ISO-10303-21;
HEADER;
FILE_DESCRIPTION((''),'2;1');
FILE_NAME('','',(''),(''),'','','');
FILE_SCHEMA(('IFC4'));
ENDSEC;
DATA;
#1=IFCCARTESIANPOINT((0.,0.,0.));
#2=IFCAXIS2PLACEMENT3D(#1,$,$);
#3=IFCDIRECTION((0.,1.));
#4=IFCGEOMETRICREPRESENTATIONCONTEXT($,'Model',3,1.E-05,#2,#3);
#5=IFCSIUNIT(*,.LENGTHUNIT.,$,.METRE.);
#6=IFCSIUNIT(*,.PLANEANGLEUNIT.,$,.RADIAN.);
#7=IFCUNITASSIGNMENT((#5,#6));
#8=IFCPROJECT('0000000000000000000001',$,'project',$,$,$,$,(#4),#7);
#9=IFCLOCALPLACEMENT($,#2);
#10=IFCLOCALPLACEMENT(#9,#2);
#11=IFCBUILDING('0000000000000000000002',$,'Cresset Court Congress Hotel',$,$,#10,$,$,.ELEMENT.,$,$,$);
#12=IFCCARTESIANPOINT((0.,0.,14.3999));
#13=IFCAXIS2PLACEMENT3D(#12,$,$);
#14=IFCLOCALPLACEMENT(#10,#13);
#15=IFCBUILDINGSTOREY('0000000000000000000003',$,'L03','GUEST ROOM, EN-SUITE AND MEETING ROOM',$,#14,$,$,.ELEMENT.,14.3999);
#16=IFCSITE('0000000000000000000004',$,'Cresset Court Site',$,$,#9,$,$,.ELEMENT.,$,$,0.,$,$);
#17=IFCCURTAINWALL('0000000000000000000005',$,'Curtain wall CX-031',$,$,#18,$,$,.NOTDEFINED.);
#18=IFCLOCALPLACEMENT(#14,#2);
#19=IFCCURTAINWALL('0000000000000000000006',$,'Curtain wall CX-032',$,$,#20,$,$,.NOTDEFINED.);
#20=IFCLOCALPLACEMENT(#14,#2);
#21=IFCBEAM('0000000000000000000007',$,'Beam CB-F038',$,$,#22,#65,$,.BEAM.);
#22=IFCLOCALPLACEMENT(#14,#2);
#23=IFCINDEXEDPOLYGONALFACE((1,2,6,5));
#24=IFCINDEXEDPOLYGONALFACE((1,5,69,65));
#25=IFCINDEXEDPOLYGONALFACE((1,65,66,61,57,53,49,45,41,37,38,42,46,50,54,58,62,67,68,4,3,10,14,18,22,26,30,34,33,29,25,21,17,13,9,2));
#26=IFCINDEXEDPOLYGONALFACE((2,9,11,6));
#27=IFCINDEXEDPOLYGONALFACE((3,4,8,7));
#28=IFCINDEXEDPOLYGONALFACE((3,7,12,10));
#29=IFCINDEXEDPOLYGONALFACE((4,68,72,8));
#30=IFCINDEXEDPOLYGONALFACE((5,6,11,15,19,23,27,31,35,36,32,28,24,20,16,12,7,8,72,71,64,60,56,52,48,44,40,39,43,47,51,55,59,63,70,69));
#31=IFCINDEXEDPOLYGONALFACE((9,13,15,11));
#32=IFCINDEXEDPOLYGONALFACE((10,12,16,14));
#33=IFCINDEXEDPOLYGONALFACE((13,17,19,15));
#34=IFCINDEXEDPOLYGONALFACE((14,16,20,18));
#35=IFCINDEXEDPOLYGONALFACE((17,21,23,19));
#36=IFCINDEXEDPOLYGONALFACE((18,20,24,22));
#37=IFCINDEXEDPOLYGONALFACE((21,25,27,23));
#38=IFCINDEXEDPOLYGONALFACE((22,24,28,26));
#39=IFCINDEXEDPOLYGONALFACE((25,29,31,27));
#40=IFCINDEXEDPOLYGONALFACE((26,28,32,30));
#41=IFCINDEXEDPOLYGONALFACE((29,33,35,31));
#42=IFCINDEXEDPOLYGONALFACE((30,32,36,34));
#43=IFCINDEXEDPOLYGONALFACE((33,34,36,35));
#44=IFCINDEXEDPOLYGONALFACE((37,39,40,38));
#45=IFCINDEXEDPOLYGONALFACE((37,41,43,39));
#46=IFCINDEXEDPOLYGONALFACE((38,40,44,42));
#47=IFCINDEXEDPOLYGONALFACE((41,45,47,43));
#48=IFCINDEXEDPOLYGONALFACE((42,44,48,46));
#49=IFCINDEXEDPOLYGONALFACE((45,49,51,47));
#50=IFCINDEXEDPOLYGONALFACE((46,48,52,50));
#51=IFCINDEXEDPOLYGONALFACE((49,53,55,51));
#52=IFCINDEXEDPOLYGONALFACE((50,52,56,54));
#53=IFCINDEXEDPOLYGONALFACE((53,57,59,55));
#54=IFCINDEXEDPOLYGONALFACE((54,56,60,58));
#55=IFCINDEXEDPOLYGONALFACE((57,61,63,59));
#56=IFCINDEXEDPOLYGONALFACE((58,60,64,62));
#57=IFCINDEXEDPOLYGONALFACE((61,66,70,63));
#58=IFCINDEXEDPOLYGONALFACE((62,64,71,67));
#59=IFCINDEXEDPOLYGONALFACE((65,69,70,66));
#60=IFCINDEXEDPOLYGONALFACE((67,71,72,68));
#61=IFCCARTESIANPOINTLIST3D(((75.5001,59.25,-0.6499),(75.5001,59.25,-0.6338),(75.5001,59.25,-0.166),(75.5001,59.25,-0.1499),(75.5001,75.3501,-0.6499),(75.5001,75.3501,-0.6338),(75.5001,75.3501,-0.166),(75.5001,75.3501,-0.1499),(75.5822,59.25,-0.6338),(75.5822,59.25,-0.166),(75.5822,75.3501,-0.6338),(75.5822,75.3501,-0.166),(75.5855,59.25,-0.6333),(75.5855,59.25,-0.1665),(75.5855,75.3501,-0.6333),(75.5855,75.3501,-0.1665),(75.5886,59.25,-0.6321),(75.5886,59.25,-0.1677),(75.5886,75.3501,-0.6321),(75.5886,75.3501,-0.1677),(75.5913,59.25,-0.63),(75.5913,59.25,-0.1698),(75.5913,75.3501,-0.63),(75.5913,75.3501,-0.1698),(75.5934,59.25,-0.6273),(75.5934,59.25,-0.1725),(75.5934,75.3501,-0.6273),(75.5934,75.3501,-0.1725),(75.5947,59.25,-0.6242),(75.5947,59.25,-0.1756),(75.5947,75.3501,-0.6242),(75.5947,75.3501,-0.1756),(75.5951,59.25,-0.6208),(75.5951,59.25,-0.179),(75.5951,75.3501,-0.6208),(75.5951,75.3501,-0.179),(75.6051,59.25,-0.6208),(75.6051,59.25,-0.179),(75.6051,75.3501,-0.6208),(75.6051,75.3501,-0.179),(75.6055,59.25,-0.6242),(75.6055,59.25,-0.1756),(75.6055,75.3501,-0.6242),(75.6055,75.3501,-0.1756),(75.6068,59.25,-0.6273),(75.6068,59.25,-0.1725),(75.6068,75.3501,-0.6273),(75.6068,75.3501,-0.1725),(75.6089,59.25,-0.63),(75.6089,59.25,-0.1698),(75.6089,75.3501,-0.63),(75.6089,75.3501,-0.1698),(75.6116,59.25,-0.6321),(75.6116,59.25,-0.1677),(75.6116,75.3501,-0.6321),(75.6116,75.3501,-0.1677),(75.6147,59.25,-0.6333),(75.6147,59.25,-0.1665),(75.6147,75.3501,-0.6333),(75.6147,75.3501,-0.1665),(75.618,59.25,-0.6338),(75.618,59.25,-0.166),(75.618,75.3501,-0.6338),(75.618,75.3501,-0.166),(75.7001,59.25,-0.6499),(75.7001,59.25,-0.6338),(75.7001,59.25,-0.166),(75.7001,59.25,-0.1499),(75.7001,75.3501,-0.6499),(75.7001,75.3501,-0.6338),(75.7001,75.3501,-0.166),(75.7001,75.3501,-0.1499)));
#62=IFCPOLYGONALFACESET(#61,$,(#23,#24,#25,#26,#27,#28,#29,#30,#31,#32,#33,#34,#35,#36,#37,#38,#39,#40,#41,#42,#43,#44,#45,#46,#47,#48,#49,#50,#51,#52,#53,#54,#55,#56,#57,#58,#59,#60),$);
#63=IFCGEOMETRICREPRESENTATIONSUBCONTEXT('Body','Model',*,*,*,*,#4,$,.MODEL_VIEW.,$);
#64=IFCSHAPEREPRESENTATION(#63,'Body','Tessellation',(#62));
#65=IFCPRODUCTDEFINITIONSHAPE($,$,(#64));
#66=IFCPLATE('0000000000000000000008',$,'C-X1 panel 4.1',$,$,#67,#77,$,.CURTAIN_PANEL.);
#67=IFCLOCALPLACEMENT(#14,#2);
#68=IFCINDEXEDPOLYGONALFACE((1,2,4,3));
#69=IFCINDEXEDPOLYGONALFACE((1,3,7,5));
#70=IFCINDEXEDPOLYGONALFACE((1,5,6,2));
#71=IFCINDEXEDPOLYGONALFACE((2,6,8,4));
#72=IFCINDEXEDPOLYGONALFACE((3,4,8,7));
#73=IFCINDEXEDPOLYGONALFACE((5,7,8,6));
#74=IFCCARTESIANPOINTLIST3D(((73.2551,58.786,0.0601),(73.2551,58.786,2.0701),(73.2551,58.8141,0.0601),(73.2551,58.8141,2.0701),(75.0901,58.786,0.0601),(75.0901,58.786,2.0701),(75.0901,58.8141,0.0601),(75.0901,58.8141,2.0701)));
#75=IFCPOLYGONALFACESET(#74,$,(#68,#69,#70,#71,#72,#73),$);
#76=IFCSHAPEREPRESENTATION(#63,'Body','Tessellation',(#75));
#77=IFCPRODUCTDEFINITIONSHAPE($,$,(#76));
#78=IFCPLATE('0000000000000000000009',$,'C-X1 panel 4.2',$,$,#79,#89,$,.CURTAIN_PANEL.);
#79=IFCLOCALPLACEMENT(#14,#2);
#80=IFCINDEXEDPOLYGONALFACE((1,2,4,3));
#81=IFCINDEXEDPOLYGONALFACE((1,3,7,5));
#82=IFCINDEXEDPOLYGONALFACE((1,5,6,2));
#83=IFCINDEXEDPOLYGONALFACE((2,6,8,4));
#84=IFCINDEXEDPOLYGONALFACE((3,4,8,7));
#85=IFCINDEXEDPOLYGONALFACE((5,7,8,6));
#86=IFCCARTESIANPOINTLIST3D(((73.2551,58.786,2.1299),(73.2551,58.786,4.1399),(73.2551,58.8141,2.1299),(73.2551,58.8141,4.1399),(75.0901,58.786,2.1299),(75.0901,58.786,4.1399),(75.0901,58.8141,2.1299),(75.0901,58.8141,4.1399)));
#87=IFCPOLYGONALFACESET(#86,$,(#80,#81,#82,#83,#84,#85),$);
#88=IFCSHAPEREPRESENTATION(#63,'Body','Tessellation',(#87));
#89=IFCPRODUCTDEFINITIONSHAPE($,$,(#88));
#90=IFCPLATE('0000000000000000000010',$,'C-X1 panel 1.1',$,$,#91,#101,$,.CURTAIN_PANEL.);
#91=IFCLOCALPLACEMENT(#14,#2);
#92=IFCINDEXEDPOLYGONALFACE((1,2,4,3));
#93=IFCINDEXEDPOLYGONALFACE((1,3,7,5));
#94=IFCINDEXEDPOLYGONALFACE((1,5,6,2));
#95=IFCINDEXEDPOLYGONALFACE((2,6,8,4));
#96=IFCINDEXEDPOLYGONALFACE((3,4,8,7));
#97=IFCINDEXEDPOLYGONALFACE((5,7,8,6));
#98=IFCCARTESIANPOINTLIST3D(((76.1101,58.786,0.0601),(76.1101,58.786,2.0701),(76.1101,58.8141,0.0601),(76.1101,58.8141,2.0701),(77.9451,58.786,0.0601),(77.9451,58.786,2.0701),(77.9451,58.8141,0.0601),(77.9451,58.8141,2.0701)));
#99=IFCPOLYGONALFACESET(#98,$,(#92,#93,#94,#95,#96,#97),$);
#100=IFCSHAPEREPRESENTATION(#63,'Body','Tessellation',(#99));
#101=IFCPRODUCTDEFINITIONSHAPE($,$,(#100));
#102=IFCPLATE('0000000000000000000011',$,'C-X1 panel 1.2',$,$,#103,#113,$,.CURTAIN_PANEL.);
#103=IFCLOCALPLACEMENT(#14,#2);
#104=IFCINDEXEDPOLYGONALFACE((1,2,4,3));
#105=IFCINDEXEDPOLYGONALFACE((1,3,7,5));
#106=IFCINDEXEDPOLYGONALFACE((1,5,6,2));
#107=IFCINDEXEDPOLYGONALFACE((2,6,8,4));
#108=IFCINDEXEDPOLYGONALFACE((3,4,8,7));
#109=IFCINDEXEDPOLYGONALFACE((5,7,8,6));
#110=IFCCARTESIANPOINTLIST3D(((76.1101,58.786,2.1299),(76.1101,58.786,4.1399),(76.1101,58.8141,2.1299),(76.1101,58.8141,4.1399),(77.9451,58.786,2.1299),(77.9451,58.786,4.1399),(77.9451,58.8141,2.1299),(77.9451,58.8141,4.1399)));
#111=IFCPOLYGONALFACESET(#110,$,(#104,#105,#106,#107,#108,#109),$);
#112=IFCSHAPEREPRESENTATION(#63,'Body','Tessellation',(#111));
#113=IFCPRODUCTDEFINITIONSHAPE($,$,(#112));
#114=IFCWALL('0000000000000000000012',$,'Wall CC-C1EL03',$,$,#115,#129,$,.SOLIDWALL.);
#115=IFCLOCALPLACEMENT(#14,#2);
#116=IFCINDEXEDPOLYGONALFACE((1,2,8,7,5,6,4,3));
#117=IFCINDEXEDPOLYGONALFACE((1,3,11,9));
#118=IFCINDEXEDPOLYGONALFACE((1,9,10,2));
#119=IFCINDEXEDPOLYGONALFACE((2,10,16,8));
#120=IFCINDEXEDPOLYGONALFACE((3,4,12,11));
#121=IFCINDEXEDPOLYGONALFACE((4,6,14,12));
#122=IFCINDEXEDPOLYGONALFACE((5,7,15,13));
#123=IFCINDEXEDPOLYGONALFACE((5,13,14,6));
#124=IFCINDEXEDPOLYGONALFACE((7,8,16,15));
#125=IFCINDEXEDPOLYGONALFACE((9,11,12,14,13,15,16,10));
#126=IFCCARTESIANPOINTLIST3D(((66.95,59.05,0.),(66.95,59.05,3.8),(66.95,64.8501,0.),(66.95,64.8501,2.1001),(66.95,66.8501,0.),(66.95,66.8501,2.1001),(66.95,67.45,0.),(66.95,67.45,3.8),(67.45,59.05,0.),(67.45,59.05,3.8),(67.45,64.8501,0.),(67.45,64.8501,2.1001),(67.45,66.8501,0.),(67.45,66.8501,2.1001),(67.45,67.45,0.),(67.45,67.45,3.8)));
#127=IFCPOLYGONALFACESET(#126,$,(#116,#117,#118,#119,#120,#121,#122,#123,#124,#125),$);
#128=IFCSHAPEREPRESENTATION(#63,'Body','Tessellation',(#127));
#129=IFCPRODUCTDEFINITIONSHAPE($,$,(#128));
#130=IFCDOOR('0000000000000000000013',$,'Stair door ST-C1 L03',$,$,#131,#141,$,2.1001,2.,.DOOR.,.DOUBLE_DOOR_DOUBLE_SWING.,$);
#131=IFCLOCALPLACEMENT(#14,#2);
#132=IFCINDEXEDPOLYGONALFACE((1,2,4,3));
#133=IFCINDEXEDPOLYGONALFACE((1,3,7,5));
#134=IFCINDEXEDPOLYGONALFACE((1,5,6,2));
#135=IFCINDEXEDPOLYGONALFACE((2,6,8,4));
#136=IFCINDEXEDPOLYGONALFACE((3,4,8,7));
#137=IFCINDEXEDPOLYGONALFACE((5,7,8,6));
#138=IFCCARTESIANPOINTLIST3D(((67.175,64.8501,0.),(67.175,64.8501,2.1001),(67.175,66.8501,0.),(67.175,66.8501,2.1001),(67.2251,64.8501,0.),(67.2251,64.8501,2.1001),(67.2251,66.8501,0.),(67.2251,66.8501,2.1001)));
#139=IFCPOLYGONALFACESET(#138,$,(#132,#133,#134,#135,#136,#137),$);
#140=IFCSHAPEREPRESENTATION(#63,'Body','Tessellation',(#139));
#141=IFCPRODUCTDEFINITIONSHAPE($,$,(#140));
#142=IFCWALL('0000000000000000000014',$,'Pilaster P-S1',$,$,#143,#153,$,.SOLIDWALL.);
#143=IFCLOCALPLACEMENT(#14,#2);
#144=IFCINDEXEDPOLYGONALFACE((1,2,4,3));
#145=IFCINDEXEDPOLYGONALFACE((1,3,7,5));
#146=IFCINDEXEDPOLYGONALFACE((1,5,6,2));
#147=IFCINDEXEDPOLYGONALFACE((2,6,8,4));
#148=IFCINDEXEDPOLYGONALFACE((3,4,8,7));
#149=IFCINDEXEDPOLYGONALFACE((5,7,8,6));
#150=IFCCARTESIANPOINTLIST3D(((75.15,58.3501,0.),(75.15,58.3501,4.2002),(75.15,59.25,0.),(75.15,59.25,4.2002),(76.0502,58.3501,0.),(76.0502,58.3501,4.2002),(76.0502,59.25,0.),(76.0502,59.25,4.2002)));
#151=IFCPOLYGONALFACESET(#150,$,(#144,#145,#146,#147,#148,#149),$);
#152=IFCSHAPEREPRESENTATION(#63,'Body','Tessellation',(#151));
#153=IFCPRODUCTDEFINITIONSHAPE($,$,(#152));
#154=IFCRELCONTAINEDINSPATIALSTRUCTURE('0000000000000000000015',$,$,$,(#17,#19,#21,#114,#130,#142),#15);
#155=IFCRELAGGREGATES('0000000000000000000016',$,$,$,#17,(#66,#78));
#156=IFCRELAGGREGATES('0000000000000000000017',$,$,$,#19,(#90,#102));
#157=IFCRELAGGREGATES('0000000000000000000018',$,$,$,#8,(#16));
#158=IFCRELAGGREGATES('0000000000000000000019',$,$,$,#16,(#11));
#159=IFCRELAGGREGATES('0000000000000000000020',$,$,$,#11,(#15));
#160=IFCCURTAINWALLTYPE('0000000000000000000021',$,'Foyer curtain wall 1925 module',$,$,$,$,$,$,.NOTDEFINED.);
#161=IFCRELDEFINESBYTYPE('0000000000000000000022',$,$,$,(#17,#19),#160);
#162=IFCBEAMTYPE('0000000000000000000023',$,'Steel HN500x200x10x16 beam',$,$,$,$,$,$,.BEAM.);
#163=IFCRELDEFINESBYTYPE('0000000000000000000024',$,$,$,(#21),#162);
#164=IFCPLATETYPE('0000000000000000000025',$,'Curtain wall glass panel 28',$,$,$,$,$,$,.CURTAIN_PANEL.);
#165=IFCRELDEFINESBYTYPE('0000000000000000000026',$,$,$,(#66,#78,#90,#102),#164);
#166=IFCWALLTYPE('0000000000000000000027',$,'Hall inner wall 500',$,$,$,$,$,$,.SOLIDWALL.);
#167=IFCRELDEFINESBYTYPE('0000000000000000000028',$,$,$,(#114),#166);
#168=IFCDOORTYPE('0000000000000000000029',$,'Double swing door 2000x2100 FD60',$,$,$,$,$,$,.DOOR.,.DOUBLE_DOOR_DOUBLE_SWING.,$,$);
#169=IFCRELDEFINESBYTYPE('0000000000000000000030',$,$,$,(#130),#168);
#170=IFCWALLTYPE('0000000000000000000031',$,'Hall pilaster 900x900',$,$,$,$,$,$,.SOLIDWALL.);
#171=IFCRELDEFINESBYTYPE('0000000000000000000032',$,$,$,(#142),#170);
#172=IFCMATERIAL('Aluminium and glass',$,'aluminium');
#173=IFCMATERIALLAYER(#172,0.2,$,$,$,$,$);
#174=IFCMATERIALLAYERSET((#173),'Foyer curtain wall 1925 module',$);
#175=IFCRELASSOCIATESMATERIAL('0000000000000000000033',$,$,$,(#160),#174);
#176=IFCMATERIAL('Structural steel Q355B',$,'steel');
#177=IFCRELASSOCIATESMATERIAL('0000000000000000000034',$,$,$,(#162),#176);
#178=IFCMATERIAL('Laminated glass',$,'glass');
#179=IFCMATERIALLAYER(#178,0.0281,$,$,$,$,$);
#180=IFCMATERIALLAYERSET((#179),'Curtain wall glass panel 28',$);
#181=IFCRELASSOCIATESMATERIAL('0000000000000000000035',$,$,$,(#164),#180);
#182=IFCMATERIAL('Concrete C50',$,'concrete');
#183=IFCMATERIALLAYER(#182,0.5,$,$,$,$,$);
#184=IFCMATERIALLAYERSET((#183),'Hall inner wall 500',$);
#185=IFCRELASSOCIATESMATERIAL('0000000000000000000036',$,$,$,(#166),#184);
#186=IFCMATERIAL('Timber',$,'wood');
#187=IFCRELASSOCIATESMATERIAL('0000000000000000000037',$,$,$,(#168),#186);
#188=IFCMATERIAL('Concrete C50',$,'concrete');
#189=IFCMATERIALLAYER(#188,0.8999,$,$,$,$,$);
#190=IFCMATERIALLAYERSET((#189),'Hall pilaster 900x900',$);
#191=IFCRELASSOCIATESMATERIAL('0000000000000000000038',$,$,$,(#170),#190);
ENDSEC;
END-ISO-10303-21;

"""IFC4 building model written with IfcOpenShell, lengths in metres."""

from ifc_helpers import new_model, si_unit, direction, frame, frame_2d, origin, origin_2d, place, context, subcontext, project, spatial, rectangle, i_section, extrude, material, layer, layer_set, material_profile, profile_set, type_object, element, fill, aggregate, save


model = new_model("IFC4")

# Units and contexts
model_context = context("Model", 3, precision=1e-05, world=origin(), true_north=direction((0.0, 1.0)))
body_context = subcontext(model_context, "Body", "Model", "MODEL_VIEW")
ifc_project = project(units=[si_unit("LENGTHUNIT", "METRE"), si_unit("PLANEANGLEUNIT", "RADIAN")], contexts=[model_context])

# Site, building, storey
site_placement = place(None, origin())
site = spatial("IfcSite", under=ifc_project, at=site_placement, Name="Cresset Court Site", CompositionType="ELEMENT", RefElevation=0.0)
building_placement = place(site_placement, origin())
building = spatial("IfcBuilding", under=site, at=building_placement, Name="Cresset Court Congress Hotel", CompositionType="ELEMENT")
storey_placement = place(building_placement, frame((0.0, 0.0, 14.3999)))
storey = spatial("IfcBuildingStorey", under=building, at=storey_placement, Name="L03", Description="GUEST ROOM, EN-SUITE AND MEETING ROOM", CompositionType="ELEMENT", Elevation=14.3999)

# Curtain wall
ifc_material_1 = material(Name="Aluminium and glass", Category="aluminium")
ifc_layer_1 = layer(ifc_material_1, 0.2)
ifc_layer_set_1 = layer_set([ifc_layer_1], Name="Foyer curtain wall 1925 module")
curtain_wall_type = type_object("IfcCurtainWallType", Name="Foyer curtain wall 1925 module", PredefinedType="NOTDEFINED", material=ifc_layer_set_1)
curtain_wall_1_placement = place(storey_placement, origin())
curtain_wall_1 = element("IfcCurtainWall", 1, at=curtain_wall_1_placement, inside=storey, type_object=curtain_wall_type, Name="Curtain wall CX-031", PredefinedType="NOTDEFINED")

# Curtain wall
curtain_wall_2_placement = place(storey_placement, origin())
curtain_wall_2 = element("IfcCurtainWall", 2, at=curtain_wall_2_placement, inside=storey, type_object=curtain_wall_type, Name="Curtain wall CX-032", PredefinedType="NOTDEFINED")

# Beam
ifc_material_2 = material(Name="Structural steel Q355B", Category="steel")
ifc_material_profile_1 = material_profile(ifc_material_2, i_section(OverallWidth=0.2, OverallDepth=0.5, WebThickness=0.01, FlangeThickness=0.0161, FilletRadius=0.0129, at=origin_2d()), Name="HN500x200x10x16")
ifc_profile_set_1 = profile_set([ifc_material_profile_1], Name="Structural steel Q355B")
beam_type_1 = type_object("IfcBeamType", Name="Steel HN500x200x10x16 beam", PredefinedType="BEAM", material=ifc_profile_set_1)
beam_1_placement = place(storey_placement, frame((75.6001, 59.25, -0.3999), z_axis=(0.0, 1.0, 0.0), x_axis=(-1.0, 0.0, 0.0)))
element("IfcBeam", 3, at=beam_1_placement, inside=storey, type_object=beam_type_1, Name="Beam CB-F038", PredefinedType="BEAM", context=body_context, shape_type="SweptSolid", body=[
    extrude(i_section(OverallWidth=0.2, OverallDepth=0.5, WebThickness=0.01, FlangeThickness=0.0161, FilletRadius=0.0129, at=origin_2d()), origin(), (0.0, 0.0, 1.0), 16.1001),
])

# Plates
ifc_material_3 = material(Name="Laminated glass", Category="glass")
ifc_layer_2 = layer(ifc_material_3, 0.0281)
ifc_layer_set_2 = layer_set([ifc_layer_2], Name="Curtain wall glass panel 28")
plate_type = type_object("IfcPlateType", Name="Curtain wall glass panel 28", PredefinedType="CURTAIN_PANEL", material=ifc_layer_set_2)
plate_1_placement = place(storey_placement, frame((74.1726, 58.8, 0.0601), z_axis=(0.0, 0.0, 1.0), x_axis=(1.0, 0.0, 0.0)))
plate_1 = element("IfcPlate", 4, at=plate_1_placement, type_object=plate_type, Name="C-X1 panel 4.1", PredefinedType="CURTAIN_PANEL", context=body_context, shape_type="SweptSolid", body=[
    extrude(rectangle(XDim=1.835, YDim=0.0281, at=origin_2d()), origin(), (0.0, 0.0, 1.0), 2.01),
])
plate_2_placement = place(storey_placement, frame((74.1726, 58.8, 2.1299), z_axis=(0.0, 0.0, 1.0), x_axis=(1.0, 0.0, 0.0)))
plate_2 = element("IfcPlate", 5, at=plate_2_placement, type_object=plate_type, Name="C-X1 panel 4.2", PredefinedType="CURTAIN_PANEL", context=body_context, shape_type="SweptSolid", body=[
    extrude(rectangle(XDim=1.835, YDim=0.0281, at=origin_2d()), origin(), (0.0, 0.0, 1.0), 2.01),
])
aggregate(curtain_wall_1, [plate_1, plate_2])
plate_3_placement = place(storey_placement, frame((77.0276, 58.8, 0.0601), z_axis=(0.0, 0.0, 1.0), x_axis=(1.0, 0.0, 0.0)))
plate_3 = element("IfcPlate", 6, at=plate_3_placement, type_object=plate_type, Name="C-X1 panel 1.1", PredefinedType="CURTAIN_PANEL", context=body_context, shape_type="SweptSolid", body=[
    extrude(rectangle(XDim=1.835, YDim=0.0281, at=origin_2d()), origin(), (0.0, 0.0, 1.0), 2.01),
])
plate_4_placement = place(storey_placement, frame((77.0276, 58.8, 2.1299), z_axis=(0.0, 0.0, 1.0), x_axis=(1.0, 0.0, 0.0)))
plate_4 = element("IfcPlate", 7, at=plate_4_placement, type_object=plate_type, Name="C-X1 panel 1.2", PredefinedType="CURTAIN_PANEL", context=body_context, shape_type="SweptSolid", body=[
    extrude(rectangle(XDim=1.835, YDim=0.0281, at=origin_2d()), origin(), (0.0, 0.0, 1.0), 2.01),
])
aggregate(curtain_wall_2, [plate_3, plate_4])

# Wall, opening, door
ifc_material_4 = material(Name="Concrete C50", Category="concrete")
ifc_layer_3 = layer(ifc_material_4, 0.5)
ifc_layer_set_3 = layer_set([ifc_layer_3], Name="Hall inner wall 500")
wall_type_1 = type_object("IfcWallType", Name="Hall inner wall 500", PredefinedType="SOLIDWALL", material=ifc_layer_set_3)
wall_1_placement = place(storey_placement, frame((67.2, 59.05, 0.0), z_axis=(0.0, 0.0, 1.0), x_axis=(0.0, 1.0, 0.0)))
wall_1 = element("IfcWall", 8, at=wall_1_placement, inside=storey, type_object=wall_type_1, Name="Wall CC-C1EL03", PredefinedType="SOLIDWALL", context=body_context, shape_type="SweptSolid", body=[
    extrude(rectangle(XDim=8.3999, YDim=0.5, at=frame_2d((4.2, 0.0))), origin(), (0.0, 0.0, 1.0), 3.8),
])
opening_placement = place(wall_1_placement, frame((5.8, 0.0, 0.0)))
opening = element("IfcOpeningElement", 9, at=opening_placement, cuts=wall_1, PredefinedType="OPENING", context=body_context, shape_type="SweptSolid", body=[
    extrude(rectangle(XDim=2.0, YDim=2.1001, at=frame_2d((1.0, 1.05))), frame((0.0, 0.26, 0.0), z_axis=(0.0, -1.0, 0.0), x_axis=(1.0, 0.0, 0.0)), (0.0, 0.0, 1.0), 0.52),
])
ifc_material_5 = material(Name="Timber", Category="wood")
door_type = type_object("IfcDoorType", Name="Double swing door 2000x2100 FD60", OperationType="DOUBLE_DOOR_DOUBLE_SWING", PredefinedType="DOOR", material=ifc_material_5)
door_placement = place(opening_placement, origin())
door = element("IfcDoor", 10, at=door_placement, inside=storey, type_object=door_type, Name="Stair door ST-C1 L03", OperationType="DOUBLE_DOOR_DOUBLE_SWING", OverallHeight=2.1001, OverallWidth=2.0, PredefinedType="DOOR", context=body_context, shape_type="SweptSolid", body=[
    extrude(rectangle(XDim=2.0, YDim=2.1001, at=frame_2d((1.0, 1.05))), frame((0.0, 0.0249, 0.0), z_axis=(0.0, -1.0, 0.0), x_axis=(1.0, 0.0, 0.0)), (0.0, 0.0, 1.0), 0.05),
])
fill(opening, door)

# Wall
ifc_material_6 = material(Name="Concrete C50", Category="concrete")
ifc_layer_4 = layer(ifc_material_6, 0.8999)
ifc_layer_set_4 = layer_set([ifc_layer_4], Name="Hall pilaster 900x900")
wall_type_2 = type_object("IfcWallType", Name="Hall pilaster 900x900", PredefinedType="SOLIDWALL", material=ifc_layer_set_4)
wall_2_placement = place(storey_placement, frame((75.1499, 58.8, 0.0), z_axis=(0.0, 0.0, 1.0), x_axis=(1.0, 0.0, 0.0)))
element("IfcWall", 11, at=wall_2_placement, inside=storey, type_object=wall_type_2, Name="Pilaster P-S1", PredefinedType="SOLIDWALL", context=body_context, shape_type="SweptSolid", body=[
    extrude(rectangle(XDim=0.9001, YDim=0.8999, at=frame_2d((0.4502, 0.0))), origin(), (0.0, 0.0, 1.0), 4.2002),
])

save(model, "model.ifc")
